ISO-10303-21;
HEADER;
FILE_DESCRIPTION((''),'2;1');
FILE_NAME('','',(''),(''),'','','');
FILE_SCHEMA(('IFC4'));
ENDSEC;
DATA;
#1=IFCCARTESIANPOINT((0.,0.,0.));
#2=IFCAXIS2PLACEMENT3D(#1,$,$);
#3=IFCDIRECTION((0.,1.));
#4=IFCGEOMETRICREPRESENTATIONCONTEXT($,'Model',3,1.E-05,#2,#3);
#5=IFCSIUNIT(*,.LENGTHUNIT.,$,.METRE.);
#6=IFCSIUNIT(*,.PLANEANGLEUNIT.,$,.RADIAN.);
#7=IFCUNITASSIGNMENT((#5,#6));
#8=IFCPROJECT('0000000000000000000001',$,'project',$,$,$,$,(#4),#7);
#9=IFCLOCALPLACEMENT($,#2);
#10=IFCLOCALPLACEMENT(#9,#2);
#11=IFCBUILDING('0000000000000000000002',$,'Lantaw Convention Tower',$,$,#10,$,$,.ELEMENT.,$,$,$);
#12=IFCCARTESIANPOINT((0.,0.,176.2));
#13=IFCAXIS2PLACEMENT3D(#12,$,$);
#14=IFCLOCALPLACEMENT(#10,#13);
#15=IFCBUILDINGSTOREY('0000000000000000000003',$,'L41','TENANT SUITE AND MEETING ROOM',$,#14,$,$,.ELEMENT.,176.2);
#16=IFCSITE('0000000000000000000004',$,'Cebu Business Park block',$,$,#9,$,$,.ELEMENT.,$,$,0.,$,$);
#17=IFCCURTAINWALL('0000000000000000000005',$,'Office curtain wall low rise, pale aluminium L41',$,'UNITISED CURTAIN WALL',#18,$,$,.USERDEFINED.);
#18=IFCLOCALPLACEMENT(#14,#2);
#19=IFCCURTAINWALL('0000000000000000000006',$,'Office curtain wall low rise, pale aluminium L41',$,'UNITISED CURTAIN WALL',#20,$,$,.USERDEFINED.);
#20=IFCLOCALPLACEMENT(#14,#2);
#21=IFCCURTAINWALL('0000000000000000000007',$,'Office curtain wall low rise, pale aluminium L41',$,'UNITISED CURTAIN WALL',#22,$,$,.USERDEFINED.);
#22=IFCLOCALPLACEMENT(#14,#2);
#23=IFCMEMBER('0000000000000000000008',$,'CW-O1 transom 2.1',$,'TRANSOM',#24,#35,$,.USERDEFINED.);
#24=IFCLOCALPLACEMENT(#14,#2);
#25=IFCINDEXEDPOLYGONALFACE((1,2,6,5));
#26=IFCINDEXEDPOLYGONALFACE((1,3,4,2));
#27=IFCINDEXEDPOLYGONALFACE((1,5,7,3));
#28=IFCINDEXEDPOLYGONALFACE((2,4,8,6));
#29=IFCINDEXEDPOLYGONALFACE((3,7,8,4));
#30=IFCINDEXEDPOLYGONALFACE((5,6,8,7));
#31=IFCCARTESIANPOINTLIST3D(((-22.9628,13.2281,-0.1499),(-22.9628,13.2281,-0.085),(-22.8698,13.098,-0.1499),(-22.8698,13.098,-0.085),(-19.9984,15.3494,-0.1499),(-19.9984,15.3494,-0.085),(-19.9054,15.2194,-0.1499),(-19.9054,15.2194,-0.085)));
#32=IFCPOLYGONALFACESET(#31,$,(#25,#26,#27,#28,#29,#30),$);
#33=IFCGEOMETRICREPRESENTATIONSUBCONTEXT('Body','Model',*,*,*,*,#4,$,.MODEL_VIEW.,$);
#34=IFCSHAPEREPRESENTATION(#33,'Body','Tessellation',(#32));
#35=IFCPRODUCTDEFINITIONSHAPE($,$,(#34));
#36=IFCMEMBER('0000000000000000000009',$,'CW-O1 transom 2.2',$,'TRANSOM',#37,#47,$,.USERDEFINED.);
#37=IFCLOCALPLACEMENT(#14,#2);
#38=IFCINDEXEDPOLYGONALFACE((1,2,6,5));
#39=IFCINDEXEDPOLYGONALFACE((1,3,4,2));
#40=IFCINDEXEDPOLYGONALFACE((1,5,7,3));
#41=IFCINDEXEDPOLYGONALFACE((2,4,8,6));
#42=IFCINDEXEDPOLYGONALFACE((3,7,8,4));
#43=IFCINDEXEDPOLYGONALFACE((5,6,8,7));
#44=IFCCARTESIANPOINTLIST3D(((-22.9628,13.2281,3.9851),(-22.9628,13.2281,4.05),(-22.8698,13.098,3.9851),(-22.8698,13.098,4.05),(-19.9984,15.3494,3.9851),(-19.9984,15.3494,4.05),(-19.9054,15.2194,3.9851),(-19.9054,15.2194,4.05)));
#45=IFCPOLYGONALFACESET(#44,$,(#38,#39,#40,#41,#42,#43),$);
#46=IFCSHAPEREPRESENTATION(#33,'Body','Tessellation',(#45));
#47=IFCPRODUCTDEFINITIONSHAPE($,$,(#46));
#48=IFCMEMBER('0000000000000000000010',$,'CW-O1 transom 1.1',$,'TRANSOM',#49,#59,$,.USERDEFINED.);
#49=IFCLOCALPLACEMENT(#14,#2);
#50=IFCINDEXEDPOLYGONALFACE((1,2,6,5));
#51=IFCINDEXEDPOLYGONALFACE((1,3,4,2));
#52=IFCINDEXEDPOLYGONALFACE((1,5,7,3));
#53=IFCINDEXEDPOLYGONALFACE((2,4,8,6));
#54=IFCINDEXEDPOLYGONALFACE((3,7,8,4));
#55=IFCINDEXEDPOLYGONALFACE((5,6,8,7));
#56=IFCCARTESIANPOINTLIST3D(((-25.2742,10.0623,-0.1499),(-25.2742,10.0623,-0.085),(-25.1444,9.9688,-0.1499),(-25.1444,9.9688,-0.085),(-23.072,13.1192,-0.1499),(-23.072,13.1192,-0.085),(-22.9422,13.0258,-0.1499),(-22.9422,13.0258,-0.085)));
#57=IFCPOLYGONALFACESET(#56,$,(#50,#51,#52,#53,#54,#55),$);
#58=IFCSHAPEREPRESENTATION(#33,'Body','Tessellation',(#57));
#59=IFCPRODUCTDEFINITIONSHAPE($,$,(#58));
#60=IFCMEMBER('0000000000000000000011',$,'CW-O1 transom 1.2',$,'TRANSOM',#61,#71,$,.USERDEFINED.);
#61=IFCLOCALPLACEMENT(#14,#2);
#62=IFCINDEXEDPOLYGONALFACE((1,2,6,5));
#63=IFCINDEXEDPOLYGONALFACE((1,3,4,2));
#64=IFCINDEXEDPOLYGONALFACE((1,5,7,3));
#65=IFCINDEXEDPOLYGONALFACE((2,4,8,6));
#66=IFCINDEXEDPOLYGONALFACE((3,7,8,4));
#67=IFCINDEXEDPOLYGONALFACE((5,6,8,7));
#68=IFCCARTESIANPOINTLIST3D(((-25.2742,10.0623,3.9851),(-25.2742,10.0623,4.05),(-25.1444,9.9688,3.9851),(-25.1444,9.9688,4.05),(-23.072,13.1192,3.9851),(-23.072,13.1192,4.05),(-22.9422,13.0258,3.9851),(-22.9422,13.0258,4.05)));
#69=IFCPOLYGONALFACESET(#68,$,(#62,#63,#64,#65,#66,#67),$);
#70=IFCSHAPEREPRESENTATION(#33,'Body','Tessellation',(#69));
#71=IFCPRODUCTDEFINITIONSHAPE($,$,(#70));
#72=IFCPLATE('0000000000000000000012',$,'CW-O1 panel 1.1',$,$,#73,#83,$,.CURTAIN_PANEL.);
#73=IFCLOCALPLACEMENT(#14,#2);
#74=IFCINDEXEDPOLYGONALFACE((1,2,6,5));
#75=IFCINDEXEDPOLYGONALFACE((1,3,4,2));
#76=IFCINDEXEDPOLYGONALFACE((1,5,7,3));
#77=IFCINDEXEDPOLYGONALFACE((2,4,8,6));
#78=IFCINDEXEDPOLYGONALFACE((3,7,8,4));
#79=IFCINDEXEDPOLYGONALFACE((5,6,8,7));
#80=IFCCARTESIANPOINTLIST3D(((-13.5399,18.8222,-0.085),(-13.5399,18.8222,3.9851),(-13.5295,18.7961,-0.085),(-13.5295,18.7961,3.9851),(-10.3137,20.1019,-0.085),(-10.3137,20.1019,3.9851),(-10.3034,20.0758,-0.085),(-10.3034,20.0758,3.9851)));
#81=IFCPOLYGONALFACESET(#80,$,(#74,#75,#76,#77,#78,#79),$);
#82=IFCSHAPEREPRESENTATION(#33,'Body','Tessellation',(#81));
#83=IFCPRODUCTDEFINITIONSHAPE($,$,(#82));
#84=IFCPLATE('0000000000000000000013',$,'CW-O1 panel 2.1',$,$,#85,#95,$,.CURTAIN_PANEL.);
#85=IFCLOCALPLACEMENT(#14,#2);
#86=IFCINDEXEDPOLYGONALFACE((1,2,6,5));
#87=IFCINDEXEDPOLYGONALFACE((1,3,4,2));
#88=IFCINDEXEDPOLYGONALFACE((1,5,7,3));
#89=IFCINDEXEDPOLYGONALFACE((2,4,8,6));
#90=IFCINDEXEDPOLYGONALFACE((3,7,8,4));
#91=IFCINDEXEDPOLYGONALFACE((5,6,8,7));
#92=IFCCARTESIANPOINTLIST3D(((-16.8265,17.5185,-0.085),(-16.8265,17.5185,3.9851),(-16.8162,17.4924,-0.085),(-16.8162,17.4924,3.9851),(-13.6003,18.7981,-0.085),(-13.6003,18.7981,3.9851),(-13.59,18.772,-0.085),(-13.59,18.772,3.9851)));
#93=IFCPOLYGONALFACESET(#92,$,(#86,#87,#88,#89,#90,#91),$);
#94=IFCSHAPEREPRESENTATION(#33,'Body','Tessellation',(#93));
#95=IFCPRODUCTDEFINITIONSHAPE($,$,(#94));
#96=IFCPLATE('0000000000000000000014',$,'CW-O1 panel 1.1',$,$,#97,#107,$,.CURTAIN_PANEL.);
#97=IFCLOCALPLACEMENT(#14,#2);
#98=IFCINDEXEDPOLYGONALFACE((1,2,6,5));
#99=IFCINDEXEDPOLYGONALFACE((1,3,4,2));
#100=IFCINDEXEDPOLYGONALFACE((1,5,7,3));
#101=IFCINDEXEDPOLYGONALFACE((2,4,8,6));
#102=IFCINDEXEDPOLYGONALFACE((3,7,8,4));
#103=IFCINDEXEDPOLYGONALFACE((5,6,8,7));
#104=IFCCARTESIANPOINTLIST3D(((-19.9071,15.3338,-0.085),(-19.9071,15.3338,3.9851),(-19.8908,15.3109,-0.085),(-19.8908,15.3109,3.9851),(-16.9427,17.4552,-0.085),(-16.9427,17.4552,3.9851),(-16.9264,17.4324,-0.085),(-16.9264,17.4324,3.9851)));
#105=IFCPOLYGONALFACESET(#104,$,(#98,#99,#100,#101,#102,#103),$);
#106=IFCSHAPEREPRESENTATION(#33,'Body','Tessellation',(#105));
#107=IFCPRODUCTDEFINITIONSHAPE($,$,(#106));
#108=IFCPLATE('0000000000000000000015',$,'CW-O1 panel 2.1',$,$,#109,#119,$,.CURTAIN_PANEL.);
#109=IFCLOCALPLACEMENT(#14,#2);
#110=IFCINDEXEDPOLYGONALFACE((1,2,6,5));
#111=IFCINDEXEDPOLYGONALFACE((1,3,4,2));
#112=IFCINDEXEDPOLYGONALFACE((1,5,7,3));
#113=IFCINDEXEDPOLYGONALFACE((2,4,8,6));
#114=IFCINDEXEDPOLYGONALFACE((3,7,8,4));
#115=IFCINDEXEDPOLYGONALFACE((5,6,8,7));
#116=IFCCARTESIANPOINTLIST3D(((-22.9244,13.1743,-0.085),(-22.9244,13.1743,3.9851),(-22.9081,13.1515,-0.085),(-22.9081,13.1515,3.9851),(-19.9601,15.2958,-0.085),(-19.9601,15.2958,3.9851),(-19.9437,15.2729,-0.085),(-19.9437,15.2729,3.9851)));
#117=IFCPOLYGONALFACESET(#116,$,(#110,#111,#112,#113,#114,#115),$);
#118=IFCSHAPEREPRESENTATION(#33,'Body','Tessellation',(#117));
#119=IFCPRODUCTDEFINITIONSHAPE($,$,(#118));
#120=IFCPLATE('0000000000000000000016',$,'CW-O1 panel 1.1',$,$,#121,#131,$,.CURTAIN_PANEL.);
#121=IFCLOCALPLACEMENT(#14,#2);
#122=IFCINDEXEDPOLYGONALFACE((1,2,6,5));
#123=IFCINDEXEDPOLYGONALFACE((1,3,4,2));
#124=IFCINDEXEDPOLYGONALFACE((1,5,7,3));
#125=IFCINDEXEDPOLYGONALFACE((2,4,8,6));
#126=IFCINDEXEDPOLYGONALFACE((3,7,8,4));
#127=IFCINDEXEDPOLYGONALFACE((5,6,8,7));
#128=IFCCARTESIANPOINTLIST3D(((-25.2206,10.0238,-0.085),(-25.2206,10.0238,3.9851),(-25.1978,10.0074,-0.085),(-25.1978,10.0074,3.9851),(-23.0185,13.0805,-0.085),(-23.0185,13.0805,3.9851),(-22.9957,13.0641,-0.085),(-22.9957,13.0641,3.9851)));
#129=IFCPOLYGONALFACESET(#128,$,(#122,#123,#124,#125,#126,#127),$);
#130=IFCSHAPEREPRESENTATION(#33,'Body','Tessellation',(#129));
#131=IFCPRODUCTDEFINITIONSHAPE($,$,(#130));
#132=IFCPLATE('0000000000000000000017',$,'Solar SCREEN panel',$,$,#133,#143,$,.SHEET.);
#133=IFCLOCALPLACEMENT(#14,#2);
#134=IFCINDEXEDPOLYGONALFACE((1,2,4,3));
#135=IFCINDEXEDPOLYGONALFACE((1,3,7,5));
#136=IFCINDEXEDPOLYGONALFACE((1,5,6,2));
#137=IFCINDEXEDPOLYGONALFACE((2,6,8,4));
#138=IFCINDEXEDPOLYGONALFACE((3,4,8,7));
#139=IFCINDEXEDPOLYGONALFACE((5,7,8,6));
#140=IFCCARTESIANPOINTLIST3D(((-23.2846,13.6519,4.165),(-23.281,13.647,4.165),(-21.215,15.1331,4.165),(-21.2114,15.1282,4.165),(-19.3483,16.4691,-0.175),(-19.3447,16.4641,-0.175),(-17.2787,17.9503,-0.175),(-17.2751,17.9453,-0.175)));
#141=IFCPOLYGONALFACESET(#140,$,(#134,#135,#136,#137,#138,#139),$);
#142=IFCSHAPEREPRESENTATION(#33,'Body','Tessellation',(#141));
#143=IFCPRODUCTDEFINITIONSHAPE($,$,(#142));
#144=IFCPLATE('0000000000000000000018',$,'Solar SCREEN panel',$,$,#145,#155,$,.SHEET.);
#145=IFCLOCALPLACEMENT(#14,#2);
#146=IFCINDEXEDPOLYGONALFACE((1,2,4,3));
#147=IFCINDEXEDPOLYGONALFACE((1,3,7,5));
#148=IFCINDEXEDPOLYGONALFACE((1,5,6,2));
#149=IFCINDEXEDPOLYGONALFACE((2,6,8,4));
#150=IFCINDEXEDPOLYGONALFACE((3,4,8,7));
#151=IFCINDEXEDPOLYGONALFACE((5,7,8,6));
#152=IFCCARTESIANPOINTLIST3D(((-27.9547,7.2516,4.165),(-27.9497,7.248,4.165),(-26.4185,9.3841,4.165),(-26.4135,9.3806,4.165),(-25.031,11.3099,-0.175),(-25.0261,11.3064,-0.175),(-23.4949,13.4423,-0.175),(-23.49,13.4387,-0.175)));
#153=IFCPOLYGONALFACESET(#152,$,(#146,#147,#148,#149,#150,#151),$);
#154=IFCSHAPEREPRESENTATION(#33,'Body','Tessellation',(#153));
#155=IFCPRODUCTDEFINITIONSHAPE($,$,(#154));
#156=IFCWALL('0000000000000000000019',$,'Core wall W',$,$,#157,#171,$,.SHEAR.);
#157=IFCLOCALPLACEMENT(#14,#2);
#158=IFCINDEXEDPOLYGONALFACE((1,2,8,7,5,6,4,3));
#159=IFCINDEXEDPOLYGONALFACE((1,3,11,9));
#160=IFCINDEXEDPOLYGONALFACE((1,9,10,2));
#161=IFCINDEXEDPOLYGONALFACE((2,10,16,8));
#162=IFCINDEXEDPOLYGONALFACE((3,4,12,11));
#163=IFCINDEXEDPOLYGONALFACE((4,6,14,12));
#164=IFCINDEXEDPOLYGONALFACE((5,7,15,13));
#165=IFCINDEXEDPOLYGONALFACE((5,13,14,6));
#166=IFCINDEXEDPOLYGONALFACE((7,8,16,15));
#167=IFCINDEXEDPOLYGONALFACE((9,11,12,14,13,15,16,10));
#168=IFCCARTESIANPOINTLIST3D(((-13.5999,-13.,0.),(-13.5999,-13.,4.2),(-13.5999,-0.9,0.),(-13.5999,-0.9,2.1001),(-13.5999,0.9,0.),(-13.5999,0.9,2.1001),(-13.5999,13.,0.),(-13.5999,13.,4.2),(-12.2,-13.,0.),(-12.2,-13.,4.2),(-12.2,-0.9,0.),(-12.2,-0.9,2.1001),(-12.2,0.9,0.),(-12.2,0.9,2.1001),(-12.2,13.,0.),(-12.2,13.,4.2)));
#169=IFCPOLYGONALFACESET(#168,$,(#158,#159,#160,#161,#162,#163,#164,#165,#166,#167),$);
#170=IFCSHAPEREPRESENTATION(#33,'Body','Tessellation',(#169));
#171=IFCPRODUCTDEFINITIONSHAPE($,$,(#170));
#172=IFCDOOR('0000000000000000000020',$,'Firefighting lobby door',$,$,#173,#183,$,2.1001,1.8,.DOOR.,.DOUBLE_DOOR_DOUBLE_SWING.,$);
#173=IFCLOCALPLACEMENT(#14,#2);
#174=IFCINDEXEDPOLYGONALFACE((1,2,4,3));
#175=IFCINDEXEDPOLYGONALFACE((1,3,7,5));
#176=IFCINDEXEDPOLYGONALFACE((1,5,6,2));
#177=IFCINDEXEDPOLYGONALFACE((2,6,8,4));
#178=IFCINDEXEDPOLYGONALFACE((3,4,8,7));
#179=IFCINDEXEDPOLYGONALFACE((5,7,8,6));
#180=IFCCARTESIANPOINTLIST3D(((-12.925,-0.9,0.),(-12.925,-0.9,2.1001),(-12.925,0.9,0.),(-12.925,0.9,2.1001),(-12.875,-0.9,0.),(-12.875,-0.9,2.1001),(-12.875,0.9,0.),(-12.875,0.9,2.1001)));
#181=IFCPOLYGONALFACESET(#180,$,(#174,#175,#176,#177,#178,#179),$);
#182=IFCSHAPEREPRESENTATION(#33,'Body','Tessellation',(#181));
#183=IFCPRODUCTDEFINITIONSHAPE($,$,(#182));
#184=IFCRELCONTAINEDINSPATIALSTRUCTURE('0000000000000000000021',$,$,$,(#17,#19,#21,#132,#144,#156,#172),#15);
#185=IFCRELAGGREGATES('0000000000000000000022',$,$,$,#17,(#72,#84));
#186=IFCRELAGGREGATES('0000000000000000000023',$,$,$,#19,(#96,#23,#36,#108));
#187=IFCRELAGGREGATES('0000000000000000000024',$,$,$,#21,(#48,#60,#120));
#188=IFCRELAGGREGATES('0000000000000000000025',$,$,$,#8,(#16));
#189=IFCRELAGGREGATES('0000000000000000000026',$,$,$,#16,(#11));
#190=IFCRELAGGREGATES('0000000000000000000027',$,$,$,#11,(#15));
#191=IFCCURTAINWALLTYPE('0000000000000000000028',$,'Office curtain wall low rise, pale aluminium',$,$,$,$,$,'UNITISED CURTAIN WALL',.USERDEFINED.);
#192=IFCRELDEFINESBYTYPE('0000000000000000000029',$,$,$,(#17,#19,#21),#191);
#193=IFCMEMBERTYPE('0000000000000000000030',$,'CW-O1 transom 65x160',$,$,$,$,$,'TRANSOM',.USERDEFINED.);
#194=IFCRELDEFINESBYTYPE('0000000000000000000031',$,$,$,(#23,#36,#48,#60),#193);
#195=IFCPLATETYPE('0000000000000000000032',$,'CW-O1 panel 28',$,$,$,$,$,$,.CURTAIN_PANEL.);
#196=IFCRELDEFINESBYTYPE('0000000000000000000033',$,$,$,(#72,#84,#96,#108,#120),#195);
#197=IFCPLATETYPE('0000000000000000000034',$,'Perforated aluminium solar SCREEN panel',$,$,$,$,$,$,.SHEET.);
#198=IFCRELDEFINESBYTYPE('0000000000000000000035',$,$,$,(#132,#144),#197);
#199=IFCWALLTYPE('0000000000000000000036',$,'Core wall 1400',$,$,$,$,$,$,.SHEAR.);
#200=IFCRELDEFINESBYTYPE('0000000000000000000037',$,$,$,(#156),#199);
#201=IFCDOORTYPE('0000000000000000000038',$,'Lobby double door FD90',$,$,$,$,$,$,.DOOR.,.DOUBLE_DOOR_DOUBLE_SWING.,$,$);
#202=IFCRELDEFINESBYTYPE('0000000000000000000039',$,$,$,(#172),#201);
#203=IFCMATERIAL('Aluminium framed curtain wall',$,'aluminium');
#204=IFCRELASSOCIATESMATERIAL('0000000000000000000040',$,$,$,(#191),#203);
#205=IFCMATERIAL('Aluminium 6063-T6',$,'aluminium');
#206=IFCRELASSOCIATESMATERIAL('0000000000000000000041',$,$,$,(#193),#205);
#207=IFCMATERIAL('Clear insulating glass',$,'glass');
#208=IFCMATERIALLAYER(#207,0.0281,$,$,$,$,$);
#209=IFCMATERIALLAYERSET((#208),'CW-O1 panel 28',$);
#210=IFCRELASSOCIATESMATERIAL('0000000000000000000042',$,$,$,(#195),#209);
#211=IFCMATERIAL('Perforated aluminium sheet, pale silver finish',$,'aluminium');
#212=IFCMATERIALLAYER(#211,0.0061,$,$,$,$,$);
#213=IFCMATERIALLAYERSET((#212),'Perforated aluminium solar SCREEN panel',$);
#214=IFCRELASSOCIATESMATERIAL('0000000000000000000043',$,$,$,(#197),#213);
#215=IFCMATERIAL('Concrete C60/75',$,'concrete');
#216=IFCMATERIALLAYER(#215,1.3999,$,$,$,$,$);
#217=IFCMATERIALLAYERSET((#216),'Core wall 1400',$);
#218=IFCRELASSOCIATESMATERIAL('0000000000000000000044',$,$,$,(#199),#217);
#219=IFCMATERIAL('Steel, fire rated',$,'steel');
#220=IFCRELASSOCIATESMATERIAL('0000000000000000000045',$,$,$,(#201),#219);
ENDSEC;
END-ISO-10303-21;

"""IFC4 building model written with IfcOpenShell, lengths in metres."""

from ifc_helpers import new_model, si_unit, direction, frame, frame_2d, origin, origin_2d, place, context, subcontext, project, spatial, polyline, rectangle, outline, extrude, material, layer, layer_set, material_profile, profile_set, type_object, element, fill, aggregate, save


model = new_model("IFC4")

# Units and contexts
model_context = context("Model", 3, precision=1e-05, world=origin(), true_north=direction((0.0, 1.0)))
body_context = subcontext(model_context, "Body", "Model", "MODEL_VIEW")
ifc_project = project(units=[si_unit("LENGTHUNIT", "METRE"), si_unit("PLANEANGLEUNIT", "RADIAN")], contexts=[model_context])

# Site, building, storey
site_placement = place(None, origin())
site = spatial("IfcSite", under=ifc_project, at=site_placement, Name="Cebu Business Park block", CompositionType="ELEMENT", RefElevation=0.0)
building_placement = place(site_placement, origin())
building = spatial("IfcBuilding", under=site, at=building_placement, Name="Lantaw Convention Tower", CompositionType="ELEMENT")
storey_placement = place(building_placement, frame((0.0, 0.0, 176.2)))
storey = spatial("IfcBuildingStorey", under=building, at=storey_placement, Name="L41", Description="TENANT SUITE AND MEETING ROOM", CompositionType="ELEMENT", Elevation=176.2)

# Shared definitions
ifc_material_1 = material(Name="Concrete C60/75", Category="concrete")

# Curtain walls
ifc_material_2 = material(Name="Aluminium framed curtain wall", Category="aluminium")
curtain_wall_type = type_object("IfcCurtainWallType", Name="Office curtain wall low rise, pale aluminium", ElementType="UNITISED CURTAIN WALL", PredefinedType="USERDEFINED", material=ifc_material_2)
curtain_wall_1_placement = place(storey_placement, origin())
curtain_wall_1 = element("IfcCurtainWall", 1, at=curtain_wall_1_placement, inside=storey, type_object=curtain_wall_type, Name="Office curtain wall low rise, pale aluminium L41", ObjectType="UNITISED CURTAIN WALL", PredefinedType="USERDEFINED")
ifc_material_3 = material(Name="Aluminium 6063-T6", Category="aluminium")
curtain_wall_2_placement = place(storey_placement, origin())
curtain_wall_2 = element("IfcCurtainWall", 2, at=curtain_wall_2_placement, inside=storey, type_object=curtain_wall_type, Name="Office curtain wall low rise, pale aluminium L41", ObjectType="UNITISED CURTAIN WALL", PredefinedType="USERDEFINED")
curtain_wall_3_placement = place(storey_placement, origin())
curtain_wall_3 = element("IfcCurtainWall", 3, at=curtain_wall_3_placement, inside=storey, type_object=curtain_wall_type, Name="Office curtain wall low rise, pale aluminium L41", ObjectType="UNITISED CURTAIN WALL", PredefinedType="USERDEFINED")

# Members
ifc_material_profile_1 = material_profile(ifc_material_3, rectangle(XDim=0.1599, YDim=0.0649, at=origin_2d()), Name="CW-O1 transom 65x160")
ifc_profile_set_1 = profile_set([ifc_material_profile_1], Name="Aluminium 6063-T6")
member_type_1 = type_object("IfcMemberType", Name="CW-O1 transom 65x160", ElementType="TRANSOM", PredefinedType="USERDEFINED", material=ifc_profile_set_1)
member_1_placement = place(storey_placement, frame((-19.9519, 15.2844, -0.1174), z_axis=(-0.813222, -0.581954, 0.0), x_axis=(0.581954, -0.813222, 0.0)))
member_1 = element("IfcMember", 4, at=member_1_placement, type_object=member_type_1, Name="CW-O1 transom 2.1", ObjectType="TRANSOM", PredefinedType="USERDEFINED", context=body_context, shape_type="SweptSolid", body=[
    extrude(rectangle(XDim=0.1599, YDim=0.0649, at=origin_2d()), origin(), (0.0, 0.0, 1.0), 3.6453),
])
member_2_placement = place(storey_placement, frame((-19.9519, 15.2844, 4.0176), z_axis=(-0.813222, -0.581954, 0.0), x_axis=(0.581954, -0.813222, 0.0)))
member_2 = element("IfcMember", 5, at=member_2_placement, type_object=member_type_1, Name="CW-O1 transom 2.2", ObjectType="TRANSOM", PredefinedType="USERDEFINED", context=body_context, shape_type="SweptSolid", body=[
    extrude(rectangle(XDim=0.1599, YDim=0.0649, at=origin_2d()), origin(), (0.0, 0.0, 1.0), 3.6453),
])
member_3_placement = place(storey_placement, frame((-23.0071, 13.0725, -0.1174), z_axis=(-0.584513, -0.811384, 0.0), x_axis=(0.811384, -0.584513, 0.0)))
member_3 = element("IfcMember", 6, at=member_3_placement, type_object=member_type_1, Name="CW-O1 transom 1.1", ObjectType="TRANSOM", PredefinedType="USERDEFINED", context=body_context, shape_type="SweptSolid", body=[
    extrude(rectangle(XDim=0.1599, YDim=0.0649, at=origin_2d()), origin(), (0.0, 0.0, 1.0), 3.7676),
])
member_4_placement = place(storey_placement, frame((-23.0071, 13.0725, 4.0176), z_axis=(-0.584513, -0.811384, 0.0), x_axis=(0.811384, -0.584513, 0.0)))
member_4 = element("IfcMember", 7, at=member_4_placement, type_object=member_type_1, Name="CW-O1 transom 1.2", ObjectType="TRANSOM", PredefinedType="USERDEFINED", context=body_context, shape_type="SweptSolid", body=[
    extrude(rectangle(XDim=0.1599, YDim=0.0649, at=origin_2d()), origin(), (0.0, 0.0, 1.0), 3.7676),
])

# Plates
ifc_material_4 = material(Name="Clear insulating glass", Category="glass")
ifc_layer_1 = layer(ifc_material_4, 0.0281)
ifc_layer_set_1 = layer_set([ifc_layer_1], Name="CW-O1 panel 28")
plate_type_1 = type_object("IfcPlateType", Name="CW-O1 panel 28", PredefinedType="CURTAIN_PANEL", material=ifc_layer_set_1)
plate_1_placement = place(storey_placement, frame((-11.9216, 19.449, -0.085), z_axis=(0.0, 0.0, 1.0), x_axis=(-0.929548, -0.368702, 0.0)))
plate_1 = element("IfcPlate", 8, at=plate_1_placement, type_object=plate_type_1, Name="CW-O1 panel 1.1", PredefinedType="CURTAIN_PANEL", context=body_context, shape_type="SweptSolid", body=[
    extrude(rectangle(XDim=3.4707, YDim=0.0281, at=origin_2d()), origin(), (0.0, 0.0, 1.0), 4.0701),
])
plate_2_placement = place(storey_placement, frame((-15.2083, 18.1453, -0.085), z_axis=(0.0, 0.0, 1.0), x_axis=(-0.929548, -0.368702, 0.0)))
plate_2 = element("IfcPlate", 9, at=plate_2_placement, type_object=plate_type_1, Name="CW-O1 panel 2.1", PredefinedType="CURTAIN_PANEL", context=body_context, shape_type="SweptSolid", body=[
    extrude(rectangle(XDim=3.4707, YDim=0.0281, at=origin_2d()), origin(), (0.0, 0.0, 1.0), 4.0701),
])
aggregate(curtain_wall_1, [plate_1, plate_2])
plate_3_placement = place(storey_placement, frame((-18.4167, 16.3831, -0.085), z_axis=(0.0, 0.0, 1.0), x_axis=(-0.813208, -0.581973, 0.0)))
plate_3 = element("IfcPlate", 10, at=plate_3_placement, type_object=plate_type_1, Name="CW-O1 panel 1.1", PredefinedType="CURTAIN_PANEL", context=body_context, shape_type="SweptSolid", body=[
    extrude(rectangle(XDim=3.6453, YDim=0.0281, at=origin_2d()), origin(), (0.0, 0.0, 1.0), 4.0701),
])
plate_4_placement = place(storey_placement, frame((-21.4341, 14.2236, -0.085), z_axis=(0.0, 0.0, 1.0), x_axis=(-0.813208, -0.581973, 0.0)))
plate_4 = element("IfcPlate", 11, at=plate_4_placement, type_object=plate_type_1, Name="CW-O1 panel 2.1", PredefinedType="CURTAIN_PANEL", context=body_context, shape_type="SweptSolid", body=[
    extrude(rectangle(XDim=3.6453, YDim=0.0281, at=origin_2d()), origin(), (0.0, 0.0, 1.0), 4.0701),
])
aggregate(curtain_wall_2, [plate_3, member_1, member_2, plate_4])
plate_5_placement = place(storey_placement, frame((-24.1082, 11.5439, -0.085), z_axis=(0.0, 0.0, 1.0), x_axis=(-0.584513, -0.811385, 0.0)))
plate_5 = element("IfcPlate", 12, at=plate_5_placement, type_object=plate_type_1, Name="CW-O1 panel 1.1", PredefinedType="CURTAIN_PANEL", context=body_context, shape_type="SweptSolid", body=[
    extrude(rectangle(XDim=3.7673, YDim=0.0281, at=origin_2d()), origin(), (0.0, 0.0, 1.0), 4.0701),
])
aggregate(curtain_wall_3, [member_3, member_4, plate_5])

# Plates
ifc_material_5 = material(Name="Perforated aluminium sheet, pale silver finish", Category="aluminium")
ifc_layer_2 = layer(ifc_material_5, 0.0061)
ifc_layer_set_2 = layer_set([ifc_layer_2], Name="Perforated aluminium solar SCREEN panel")
plate_type_2 = type_object("IfcPlateType", Name="Perforated aluminium solar SCREEN panel", PredefinedType="SHEET", material=ifc_layer_set_2)
plate_6_placement = place(storey_placement, frame((-17.2751, 17.9453, -0.175), z_axis=(0.582, -0.813189, 0.000012), x_axis=(-0.813189, -0.582, 0.0)))
element("IfcPlate", 13, at=plate_6_placement, inside=storey, type_object=plate_type_2, Name="Solar SCREEN panel", PredefinedType="SHEET", context=body_context, shape_type="SweptSolid", body=[
    extrude(outline(polyline([(0.0, 0.0), (2.545, 0.0), (7.3855, -4.3401), (4.8405, -4.3401), (0.0, 0.0)])), origin(), (0.0, 0.0, -1.0), 0.0061),
])
plate_7_placement = place(storey_placement, frame((-23.49, 13.4387, -0.175), z_axis=(0.811395, -0.584498, 0.000036), x_axis=(-0.584498, -0.811395, 0.0)))
element("IfcPlate", 14, at=plate_7_placement, inside=storey, type_object=plate_type_2, Name="Solar SCREEN panel", PredefinedType="SHEET", context=body_context, shape_type="SweptSolid", body=[
    extrude(outline(polyline([(0.0, 0.0), (2.628, 0.0), (7.6298, -4.3401), (5.0016, -4.3401), (0.0, 0.0)])), origin(), (0.0, 0.0, -1.0), 0.0061),
])

# Wall, opening, door
ifc_layer_3 = layer(ifc_material_1, 1.3999)
ifc_layer_set_3 = layer_set([ifc_layer_3], Name="Core wall 1400")
wall_type_1 = type_object("IfcWallType", Name="Core wall 1400", PredefinedType="SHEAR", material=ifc_layer_set_3)
wall_1_placement = place(storey_placement, frame((-12.8999, 13.0, 0.0), z_axis=(0.0, 0.0, 1.0), x_axis=(0.0, -1.0, 0.0)))
wall_1 = element("IfcWall", 15, at=wall_1_placement, inside=storey, type_object=wall_type_1, Name="Core wall W", PredefinedType="SHEAR", context=body_context, shape_type="SweptSolid", body=[
    extrude(rectangle(XDim=26.0, YDim=1.3999, at=frame_2d((13.0, 0.0))), origin(), (0.0, 0.0, 1.0), 4.2),
])
opening_placement = place(wall_1_placement, frame((12.1001, 0.0, 0.0)))
opening = element("IfcOpeningElement", 16, at=opening_placement, cuts=wall_1, PredefinedType="OPENING", context=body_context, shape_type="SweptSolid", body=[
    extrude(rectangle(XDim=1.8, YDim=2.1001, at=frame_2d((0.8999, 1.05))), frame((0.0, 0.71, 0.0), z_axis=(0.0, -1.0, 0.0), x_axis=(1.0, 0.0, 0.0)), (0.0, 0.0, 1.0), 1.4199),
])
ifc_material_6 = material(Name="Steel, fire rated", Category="steel")
door_type = type_object("IfcDoorType", Name="Lobby double door FD90", OperationType="DOUBLE_DOOR_DOUBLE_SWING", PredefinedType="DOOR", material=ifc_material_6)
door_placement = place(opening_placement, origin())
door = element("IfcDoor", 17, at=door_placement, inside=storey, type_object=door_type, Name="Firefighting lobby door", OperationType="DOUBLE_DOOR_DOUBLE_SWING", OverallHeight=2.1001, OverallWidth=1.8, PredefinedType="DOOR", context=body_context, shape_type="SweptSolid", body=[
    extrude(rectangle(XDim=1.8, YDim=2.1001, at=frame_2d((0.8999, 1.05))), frame((0.0, 0.0249, 0.0), z_axis=(0.0, -1.0, 0.0), x_axis=(1.0, 0.0, 0.0)), (0.0, 0.0, 1.0), 0.05),
])
fill(opening, door)

save(model, "model.ifc")
